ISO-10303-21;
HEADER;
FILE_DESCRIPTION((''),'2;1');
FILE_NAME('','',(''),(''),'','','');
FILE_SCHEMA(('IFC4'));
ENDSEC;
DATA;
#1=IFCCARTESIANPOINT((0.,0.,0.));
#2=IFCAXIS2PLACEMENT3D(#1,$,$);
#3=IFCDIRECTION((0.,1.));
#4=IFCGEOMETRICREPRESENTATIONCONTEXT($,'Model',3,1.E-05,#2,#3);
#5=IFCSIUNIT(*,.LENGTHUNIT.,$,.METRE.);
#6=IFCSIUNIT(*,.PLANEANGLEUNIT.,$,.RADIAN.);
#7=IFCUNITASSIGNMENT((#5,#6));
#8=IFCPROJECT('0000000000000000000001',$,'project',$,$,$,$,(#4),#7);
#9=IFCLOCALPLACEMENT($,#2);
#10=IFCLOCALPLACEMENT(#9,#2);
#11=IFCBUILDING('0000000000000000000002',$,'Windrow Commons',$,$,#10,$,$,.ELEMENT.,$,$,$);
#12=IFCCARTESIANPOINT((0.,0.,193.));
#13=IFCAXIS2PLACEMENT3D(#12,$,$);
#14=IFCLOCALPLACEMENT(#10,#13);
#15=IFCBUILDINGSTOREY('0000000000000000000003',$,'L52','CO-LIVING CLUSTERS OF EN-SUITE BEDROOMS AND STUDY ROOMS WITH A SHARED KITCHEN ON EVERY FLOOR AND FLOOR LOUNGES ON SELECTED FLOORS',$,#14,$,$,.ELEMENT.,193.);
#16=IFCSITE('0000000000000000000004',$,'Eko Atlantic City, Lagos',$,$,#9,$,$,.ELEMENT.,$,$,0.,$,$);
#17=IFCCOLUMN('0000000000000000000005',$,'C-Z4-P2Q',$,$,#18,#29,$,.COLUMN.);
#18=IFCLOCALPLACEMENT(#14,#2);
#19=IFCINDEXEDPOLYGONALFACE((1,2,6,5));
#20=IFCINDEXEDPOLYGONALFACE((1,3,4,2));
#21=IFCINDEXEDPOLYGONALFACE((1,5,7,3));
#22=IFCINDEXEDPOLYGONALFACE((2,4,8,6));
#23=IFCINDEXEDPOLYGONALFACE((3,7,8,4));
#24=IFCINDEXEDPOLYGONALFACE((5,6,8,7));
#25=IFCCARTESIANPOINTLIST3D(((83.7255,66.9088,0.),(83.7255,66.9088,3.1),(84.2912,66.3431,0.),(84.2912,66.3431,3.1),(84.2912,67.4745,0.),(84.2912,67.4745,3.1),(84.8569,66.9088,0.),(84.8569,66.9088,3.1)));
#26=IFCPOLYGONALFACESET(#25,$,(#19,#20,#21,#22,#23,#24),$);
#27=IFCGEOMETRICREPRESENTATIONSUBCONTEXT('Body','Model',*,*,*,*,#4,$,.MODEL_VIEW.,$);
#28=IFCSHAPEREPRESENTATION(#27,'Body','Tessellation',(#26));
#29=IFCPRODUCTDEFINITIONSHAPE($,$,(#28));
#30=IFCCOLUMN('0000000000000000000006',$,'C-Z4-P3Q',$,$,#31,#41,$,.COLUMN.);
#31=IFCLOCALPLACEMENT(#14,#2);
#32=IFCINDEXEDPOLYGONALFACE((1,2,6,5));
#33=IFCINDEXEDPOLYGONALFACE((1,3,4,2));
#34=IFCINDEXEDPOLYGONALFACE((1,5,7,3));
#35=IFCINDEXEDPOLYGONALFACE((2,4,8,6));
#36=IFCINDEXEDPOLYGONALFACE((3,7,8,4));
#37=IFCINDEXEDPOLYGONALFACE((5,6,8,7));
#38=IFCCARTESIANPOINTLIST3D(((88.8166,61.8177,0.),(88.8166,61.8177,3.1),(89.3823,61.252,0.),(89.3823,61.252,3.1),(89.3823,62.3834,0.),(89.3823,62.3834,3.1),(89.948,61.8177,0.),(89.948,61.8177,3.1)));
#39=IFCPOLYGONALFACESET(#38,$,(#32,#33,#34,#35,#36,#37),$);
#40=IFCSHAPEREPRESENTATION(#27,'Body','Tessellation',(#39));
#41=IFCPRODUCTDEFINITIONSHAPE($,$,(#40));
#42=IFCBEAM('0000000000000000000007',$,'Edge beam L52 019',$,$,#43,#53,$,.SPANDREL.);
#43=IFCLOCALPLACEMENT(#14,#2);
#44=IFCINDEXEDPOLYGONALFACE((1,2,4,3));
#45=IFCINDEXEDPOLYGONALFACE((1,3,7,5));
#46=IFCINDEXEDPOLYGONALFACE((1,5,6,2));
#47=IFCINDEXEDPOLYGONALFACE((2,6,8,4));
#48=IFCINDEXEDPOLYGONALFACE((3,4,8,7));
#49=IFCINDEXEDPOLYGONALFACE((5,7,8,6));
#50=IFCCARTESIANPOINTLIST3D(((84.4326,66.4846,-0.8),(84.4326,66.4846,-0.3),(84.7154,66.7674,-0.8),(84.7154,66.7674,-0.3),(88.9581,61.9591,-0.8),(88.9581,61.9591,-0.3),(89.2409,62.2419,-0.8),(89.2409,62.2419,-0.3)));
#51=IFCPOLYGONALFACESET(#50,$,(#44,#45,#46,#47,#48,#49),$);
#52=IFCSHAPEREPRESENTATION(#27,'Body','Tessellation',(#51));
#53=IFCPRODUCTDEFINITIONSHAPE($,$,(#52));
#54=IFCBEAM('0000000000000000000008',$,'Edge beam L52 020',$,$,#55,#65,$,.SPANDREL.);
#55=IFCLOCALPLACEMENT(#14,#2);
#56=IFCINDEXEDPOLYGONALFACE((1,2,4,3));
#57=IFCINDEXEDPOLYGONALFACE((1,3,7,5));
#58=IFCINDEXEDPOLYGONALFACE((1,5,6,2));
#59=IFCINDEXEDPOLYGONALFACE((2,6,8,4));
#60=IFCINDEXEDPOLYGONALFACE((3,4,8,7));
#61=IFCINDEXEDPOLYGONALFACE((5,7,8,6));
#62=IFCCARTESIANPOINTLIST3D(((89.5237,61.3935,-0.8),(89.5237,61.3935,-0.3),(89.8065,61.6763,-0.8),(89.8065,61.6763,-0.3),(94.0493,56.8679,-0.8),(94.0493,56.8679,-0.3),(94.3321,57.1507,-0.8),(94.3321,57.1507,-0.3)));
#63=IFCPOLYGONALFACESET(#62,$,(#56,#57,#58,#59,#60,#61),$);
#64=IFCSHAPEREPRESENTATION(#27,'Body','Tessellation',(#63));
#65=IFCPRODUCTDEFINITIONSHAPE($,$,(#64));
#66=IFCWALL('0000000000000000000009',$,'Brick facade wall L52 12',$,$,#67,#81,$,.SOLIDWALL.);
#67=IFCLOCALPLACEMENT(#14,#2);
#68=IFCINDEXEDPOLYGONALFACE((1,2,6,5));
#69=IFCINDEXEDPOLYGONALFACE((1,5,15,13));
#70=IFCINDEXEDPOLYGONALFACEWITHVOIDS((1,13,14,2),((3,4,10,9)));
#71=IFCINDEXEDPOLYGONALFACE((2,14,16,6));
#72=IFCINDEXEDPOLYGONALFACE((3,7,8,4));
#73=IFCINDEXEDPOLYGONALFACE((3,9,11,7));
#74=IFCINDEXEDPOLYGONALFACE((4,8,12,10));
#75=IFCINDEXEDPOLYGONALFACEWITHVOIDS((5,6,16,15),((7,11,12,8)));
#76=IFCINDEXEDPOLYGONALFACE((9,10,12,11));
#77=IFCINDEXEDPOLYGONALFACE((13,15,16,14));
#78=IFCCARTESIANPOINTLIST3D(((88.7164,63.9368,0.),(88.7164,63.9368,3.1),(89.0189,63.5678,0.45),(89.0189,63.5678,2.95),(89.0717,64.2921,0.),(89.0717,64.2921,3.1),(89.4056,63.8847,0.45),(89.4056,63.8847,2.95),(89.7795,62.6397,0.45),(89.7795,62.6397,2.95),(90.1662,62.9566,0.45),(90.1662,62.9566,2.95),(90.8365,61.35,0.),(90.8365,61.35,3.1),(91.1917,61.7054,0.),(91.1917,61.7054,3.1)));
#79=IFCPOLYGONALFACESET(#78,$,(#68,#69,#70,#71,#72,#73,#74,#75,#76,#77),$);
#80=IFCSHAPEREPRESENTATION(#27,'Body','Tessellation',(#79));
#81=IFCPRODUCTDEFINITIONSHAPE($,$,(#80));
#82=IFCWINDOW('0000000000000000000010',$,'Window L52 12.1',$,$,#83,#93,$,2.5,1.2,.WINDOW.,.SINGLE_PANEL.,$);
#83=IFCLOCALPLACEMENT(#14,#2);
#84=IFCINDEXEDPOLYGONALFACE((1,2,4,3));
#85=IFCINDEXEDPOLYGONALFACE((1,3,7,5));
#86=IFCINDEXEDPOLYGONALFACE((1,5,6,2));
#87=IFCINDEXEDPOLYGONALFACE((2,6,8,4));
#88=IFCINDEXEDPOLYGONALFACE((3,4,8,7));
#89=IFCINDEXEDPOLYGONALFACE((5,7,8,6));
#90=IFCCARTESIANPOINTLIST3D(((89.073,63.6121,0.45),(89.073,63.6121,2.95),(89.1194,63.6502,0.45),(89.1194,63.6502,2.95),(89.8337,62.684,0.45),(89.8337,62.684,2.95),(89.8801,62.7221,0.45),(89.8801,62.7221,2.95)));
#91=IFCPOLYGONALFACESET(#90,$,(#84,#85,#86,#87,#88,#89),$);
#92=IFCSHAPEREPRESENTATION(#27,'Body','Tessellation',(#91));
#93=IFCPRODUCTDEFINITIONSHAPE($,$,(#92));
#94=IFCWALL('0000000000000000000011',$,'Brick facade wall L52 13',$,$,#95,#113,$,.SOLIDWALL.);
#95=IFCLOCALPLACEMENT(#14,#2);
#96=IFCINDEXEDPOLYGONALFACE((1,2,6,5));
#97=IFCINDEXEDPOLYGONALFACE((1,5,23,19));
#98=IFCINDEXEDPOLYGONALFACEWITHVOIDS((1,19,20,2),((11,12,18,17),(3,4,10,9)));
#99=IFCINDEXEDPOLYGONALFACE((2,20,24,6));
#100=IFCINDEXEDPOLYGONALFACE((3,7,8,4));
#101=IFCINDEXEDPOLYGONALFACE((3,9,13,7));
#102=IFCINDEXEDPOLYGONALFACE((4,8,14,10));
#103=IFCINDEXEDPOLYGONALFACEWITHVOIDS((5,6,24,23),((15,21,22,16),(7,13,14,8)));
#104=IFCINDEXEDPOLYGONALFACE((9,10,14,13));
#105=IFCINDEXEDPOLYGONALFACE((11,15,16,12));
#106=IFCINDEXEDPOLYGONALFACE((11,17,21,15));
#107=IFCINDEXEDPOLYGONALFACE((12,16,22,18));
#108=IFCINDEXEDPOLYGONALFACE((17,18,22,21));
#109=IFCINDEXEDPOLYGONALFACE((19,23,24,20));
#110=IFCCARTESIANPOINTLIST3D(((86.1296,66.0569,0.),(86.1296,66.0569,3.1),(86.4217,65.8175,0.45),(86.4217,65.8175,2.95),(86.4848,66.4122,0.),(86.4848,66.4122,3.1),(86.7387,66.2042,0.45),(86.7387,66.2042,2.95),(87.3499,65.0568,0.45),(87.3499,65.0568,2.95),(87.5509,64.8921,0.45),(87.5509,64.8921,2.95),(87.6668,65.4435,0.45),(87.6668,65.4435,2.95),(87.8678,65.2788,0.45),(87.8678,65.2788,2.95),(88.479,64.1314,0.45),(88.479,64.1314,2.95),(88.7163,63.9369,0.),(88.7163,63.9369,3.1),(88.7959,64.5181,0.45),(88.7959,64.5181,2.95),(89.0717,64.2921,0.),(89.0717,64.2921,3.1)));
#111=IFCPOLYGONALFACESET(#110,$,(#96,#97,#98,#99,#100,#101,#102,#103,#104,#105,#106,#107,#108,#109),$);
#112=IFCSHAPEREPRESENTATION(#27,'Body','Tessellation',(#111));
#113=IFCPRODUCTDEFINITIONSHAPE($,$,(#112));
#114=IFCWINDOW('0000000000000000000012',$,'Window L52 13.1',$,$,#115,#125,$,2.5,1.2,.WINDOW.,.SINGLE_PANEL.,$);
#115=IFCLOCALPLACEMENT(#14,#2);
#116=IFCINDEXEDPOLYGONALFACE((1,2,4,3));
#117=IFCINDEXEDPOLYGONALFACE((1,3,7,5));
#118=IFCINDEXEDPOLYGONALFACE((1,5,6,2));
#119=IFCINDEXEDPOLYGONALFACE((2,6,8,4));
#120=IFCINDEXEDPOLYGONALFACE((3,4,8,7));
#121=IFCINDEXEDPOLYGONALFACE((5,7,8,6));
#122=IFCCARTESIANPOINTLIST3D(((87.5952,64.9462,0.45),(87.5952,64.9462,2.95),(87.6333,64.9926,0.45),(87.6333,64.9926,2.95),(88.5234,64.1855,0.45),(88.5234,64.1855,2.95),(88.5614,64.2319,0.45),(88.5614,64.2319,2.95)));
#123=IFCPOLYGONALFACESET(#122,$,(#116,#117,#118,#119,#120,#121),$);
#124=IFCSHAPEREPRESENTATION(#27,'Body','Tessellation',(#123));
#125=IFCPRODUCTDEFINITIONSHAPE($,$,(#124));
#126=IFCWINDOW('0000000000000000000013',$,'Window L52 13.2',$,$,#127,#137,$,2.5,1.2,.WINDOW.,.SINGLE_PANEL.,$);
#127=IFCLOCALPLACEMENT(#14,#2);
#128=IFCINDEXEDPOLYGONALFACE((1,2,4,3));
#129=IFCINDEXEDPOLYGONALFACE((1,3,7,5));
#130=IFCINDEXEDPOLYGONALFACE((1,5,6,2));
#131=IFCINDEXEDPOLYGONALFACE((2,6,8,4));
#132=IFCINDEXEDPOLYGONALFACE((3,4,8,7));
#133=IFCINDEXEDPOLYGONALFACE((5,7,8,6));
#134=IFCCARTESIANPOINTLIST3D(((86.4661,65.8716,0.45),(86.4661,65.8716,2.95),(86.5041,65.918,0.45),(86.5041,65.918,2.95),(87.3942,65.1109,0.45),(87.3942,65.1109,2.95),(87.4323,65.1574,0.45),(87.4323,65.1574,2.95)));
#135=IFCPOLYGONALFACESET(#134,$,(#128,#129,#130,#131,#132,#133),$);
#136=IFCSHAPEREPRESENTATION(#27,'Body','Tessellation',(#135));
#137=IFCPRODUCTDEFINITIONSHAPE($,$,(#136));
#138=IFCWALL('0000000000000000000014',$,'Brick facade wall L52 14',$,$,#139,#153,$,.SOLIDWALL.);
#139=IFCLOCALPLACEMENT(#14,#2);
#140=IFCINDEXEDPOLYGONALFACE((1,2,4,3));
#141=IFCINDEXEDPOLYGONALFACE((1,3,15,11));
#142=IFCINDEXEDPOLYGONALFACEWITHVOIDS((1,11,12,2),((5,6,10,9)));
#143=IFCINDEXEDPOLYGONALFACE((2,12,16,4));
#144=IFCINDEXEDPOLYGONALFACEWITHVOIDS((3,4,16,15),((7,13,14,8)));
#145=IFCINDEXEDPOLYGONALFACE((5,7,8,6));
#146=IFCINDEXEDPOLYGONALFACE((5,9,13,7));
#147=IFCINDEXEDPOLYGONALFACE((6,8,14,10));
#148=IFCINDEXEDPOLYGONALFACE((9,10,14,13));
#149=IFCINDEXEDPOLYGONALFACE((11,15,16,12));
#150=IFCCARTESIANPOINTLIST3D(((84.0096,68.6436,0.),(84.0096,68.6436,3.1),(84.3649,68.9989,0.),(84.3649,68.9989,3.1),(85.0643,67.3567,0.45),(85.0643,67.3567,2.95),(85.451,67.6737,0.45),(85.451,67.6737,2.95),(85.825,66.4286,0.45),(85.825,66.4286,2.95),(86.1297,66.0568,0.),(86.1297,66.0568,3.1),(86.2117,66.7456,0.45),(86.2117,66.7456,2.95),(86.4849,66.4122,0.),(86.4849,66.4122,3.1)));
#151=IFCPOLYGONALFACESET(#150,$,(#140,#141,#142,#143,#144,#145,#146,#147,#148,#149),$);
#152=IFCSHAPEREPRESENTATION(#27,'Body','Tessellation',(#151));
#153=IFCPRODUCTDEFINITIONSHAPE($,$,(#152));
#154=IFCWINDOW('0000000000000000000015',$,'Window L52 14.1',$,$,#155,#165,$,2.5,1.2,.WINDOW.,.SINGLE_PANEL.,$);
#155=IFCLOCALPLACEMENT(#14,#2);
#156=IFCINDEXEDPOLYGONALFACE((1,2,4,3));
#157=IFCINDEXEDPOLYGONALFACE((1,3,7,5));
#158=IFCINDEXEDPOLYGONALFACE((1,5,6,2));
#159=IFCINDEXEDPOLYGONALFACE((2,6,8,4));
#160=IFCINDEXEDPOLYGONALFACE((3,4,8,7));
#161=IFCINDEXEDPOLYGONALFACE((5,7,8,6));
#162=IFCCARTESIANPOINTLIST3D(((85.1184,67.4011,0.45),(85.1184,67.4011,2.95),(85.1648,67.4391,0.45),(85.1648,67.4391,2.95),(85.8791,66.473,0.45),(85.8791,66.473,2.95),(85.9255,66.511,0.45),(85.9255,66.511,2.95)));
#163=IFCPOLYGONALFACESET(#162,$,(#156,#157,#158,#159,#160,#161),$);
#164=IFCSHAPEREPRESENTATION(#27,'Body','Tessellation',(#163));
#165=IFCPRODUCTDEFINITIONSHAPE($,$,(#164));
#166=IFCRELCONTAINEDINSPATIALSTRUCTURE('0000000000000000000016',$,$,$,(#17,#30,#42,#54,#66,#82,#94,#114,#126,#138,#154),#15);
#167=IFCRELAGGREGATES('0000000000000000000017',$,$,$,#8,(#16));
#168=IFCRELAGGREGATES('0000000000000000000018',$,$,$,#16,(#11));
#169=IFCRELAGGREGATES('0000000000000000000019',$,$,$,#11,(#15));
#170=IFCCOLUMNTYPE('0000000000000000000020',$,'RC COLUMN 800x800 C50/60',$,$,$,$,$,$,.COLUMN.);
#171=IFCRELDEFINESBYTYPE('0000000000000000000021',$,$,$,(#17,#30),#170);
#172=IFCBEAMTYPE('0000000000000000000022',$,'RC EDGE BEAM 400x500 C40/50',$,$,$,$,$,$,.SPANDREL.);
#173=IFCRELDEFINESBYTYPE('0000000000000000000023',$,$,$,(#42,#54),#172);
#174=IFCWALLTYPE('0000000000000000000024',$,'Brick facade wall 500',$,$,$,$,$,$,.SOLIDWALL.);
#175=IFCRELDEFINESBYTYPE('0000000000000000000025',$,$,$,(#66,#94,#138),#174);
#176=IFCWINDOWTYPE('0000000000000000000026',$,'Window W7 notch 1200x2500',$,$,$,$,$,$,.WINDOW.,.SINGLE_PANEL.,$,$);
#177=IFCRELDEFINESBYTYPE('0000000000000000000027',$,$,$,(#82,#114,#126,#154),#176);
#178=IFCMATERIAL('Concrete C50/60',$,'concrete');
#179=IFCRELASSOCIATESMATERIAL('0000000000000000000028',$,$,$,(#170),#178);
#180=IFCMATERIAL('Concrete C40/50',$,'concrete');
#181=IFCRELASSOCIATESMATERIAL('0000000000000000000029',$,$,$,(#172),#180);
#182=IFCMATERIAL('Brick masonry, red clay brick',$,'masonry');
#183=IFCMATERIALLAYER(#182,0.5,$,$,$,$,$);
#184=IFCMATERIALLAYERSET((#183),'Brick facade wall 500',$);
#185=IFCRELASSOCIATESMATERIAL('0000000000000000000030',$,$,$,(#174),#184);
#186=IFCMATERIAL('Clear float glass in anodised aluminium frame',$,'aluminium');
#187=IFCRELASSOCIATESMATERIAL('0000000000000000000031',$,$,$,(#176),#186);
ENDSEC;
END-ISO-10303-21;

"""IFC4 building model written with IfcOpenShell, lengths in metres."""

from ifc_helpers import new_model, si_unit, direction, frame, frame_2d, origin, origin_2d, place, context, subcontext, project, spatial, polyline, rectangle, outline, extrude, material, layer, layer_set, material_profile, profile_set, type_object, element, fill, save


model = new_model("IFC4")

# Units and contexts
model_context = context("Model", 3, precision=1e-05, world=origin(), true_north=direction((0.0, 1.0)))
body_context = subcontext(model_context, "Body", "Model", "MODEL_VIEW")
ifc_project = project(units=[si_unit("LENGTHUNIT", "METRE"), si_unit("PLANEANGLEUNIT", "RADIAN")], contexts=[model_context])

# Site, building, storey
site_placement = place(None, origin())
site = spatial("IfcSite", under=ifc_project, at=site_placement, Name="Eko Atlantic City, Lagos", CompositionType="ELEMENT", RefElevation=0.0)
building_placement = place(site_placement, origin())
building = spatial("IfcBuilding", under=site, at=building_placement, Name="Windrow Commons", CompositionType="ELEMENT")
storey_placement = place(building_placement, frame((0.0, 0.0, 193.0)))
storey = spatial("IfcBuildingStorey", under=building, at=storey_placement, Name="L52", Description="CO-LIVING CLUSTERS OF EN-SUITE BEDROOMS AND STUDY ROOMS WITH A SHARED KITCHEN ON EVERY FLOOR AND FLOOR LOUNGES ON SELECTED FLOORS", CompositionType="ELEMENT", Elevation=193.0)

# Columns
ifc_material_1 = material(Name="Concrete C50/60", Category="concrete")
ifc_material_profile_1 = material_profile(ifc_material_1, rectangle(XDim=0.8, YDim=0.8, at=origin_2d()))
ifc_profile_set_1 = profile_set([ifc_material_profile_1], Name="Concrete C50/60")
column_type = type_object("IfcColumnType", Name="RC COLUMN 800x800 C50/60", PredefinedType="COLUMN", material=ifc_profile_set_1)
for number, where, z_axis, x_axis, name in (
    (1, (84.2912, 66.9088, 0.0), (0.0, 0.0, 1.0), (0.707107, -0.707107, 0.0), "C-Z4-P2Q"),
    (2, (89.3823, 61.8177, 0.0), (0.0, 0.0, 1.0), (0.707107, -0.707107, 0.0), "C-Z4-P3Q"),
):
    element("IfcColumn", number, at=place(storey_placement, frame(where, z_axis=z_axis, x_axis=x_axis)), inside=storey, type_object=column_type, Name=name, PredefinedType="COLUMN", context=body_context, shape_type="SweptSolid", body=[
        extrude(rectangle(XDim=0.8, YDim=0.8, at=origin_2d()), origin(), (0.0, 0.0, 1.0), 3.1),
    ])

# Beams
ifc_material_2 = material(Name="Concrete C40/50", Category="concrete")
ifc_material_profile_2 = material_profile(ifc_material_2, rectangle(XDim=0.4, YDim=0.5, at=origin_2d()))
ifc_profile_set_2 = profile_set([ifc_material_profile_2], Name="Concrete C40/50")
beam_type = type_object("IfcBeamType", Name="RC EDGE BEAM 400x500 C40/50", PredefinedType="SPANDREL", material=ifc_profile_set_2)
beam_1_placement = place(storey_placement, frame((84.574, 66.626, -0.55), z_axis=(0.707107, -0.707107, 0.0), x_axis=(0.707107, 0.707107, 0.0)))
element("IfcBeam", 3, at=beam_1_placement, inside=storey, type_object=beam_type, Name="Edge beam L52 019", PredefinedType="SPANDREL", context=body_context, shape_type="SweptSolid", body=[
    extrude(rectangle(XDim=0.4, YDim=0.5, at=origin_2d()), origin(), (0.0, 0.0, 1.0), 6.4),
])
beam_2_placement = place(storey_placement, frame((89.6651, 61.5349, -0.55), z_axis=(0.707107, -0.707107, 0.0), x_axis=(0.707107, 0.707107, 0.0)))
element("IfcBeam", 4, at=beam_2_placement, inside=storey, type_object=beam_type, Name="Edge beam L52 020", PredefinedType="SPANDREL", context=body_context, shape_type="SweptSolid", body=[
    extrude(rectangle(XDim=0.4, YDim=0.5, at=origin_2d()), origin(), (0.0, 0.0, 1.0), 6.4002),
])

# Wall, opening, window
ifc_material_3 = material(Name="Brick masonry, red clay brick", Category="masonry")
ifc_layer_1 = layer(ifc_material_3, 0.5)
ifc_layer_set_1 = layer_set([ifc_layer_1], Name="Brick facade wall 500")
wall_type_1 = type_object("IfcWallType", Name="Brick facade wall 500", PredefinedType="SOLIDWALL", material=ifc_layer_set_1)
wall_1_placement = place(storey_placement, frame((91.0141, 61.5277, 0.0), z_axis=(0.0, 0.0, 1.0), x_axis=(-0.633887, 0.773426, 0.0)))
wall_1 = element("IfcWall", 5, at=wall_1_placement, inside=storey, type_object=wall_type_1, Name="Brick facade wall L52 12", PredefinedType="SOLIDWALL", context=body_context, shape_type="SweptSolid", body=[
    extrude(outline(polyline([(0.0248, -0.25), (3.3693, -0.25), (3.3198, 0.25), (-0.0248, 0.25), (0.0248, -0.25)])), origin(), (0.0, 0.0, 1.0), 3.1),
])
opening_1_placement = place(wall_1_placement, frame((1.6426, 0.0, 0.45)))
opening_1 = element("IfcOpeningElement", 6, at=opening_1_placement, cuts=wall_1, PredefinedType="OPENING", context=body_context, shape_type="SweptSolid", body=[
    extrude(rectangle(XDim=1.2, YDim=2.5, at=frame_2d((0.6, 1.25))), frame((0.0, 0.26, 0.0), z_axis=(0.0, -1.0, 0.0), x_axis=(1.0, 0.0, 0.0)), (0.0, 0.0, 1.0), 0.52),
])
ifc_material_4 = material(Name="Clear float glass in anodised aluminium frame", Category="aluminium")
window_type = type_object("IfcWindowType", Name="Window W7 notch 1200x2500", PartitioningType="SINGLE_PANEL", PredefinedType="WINDOW", material=ifc_material_4)
window_1_placement = place(opening_1_placement, origin())
window_1 = element("IfcWindow", 7, at=window_1_placement, inside=storey, type_object=window_type, Name="Window L52 12.1", OverallHeight=2.5, OverallWidth=1.2, PartitioningType="SINGLE_PANEL", PredefinedType="WINDOW", context=body_context, shape_type="SweptSolid", body=[
    extrude(rectangle(XDim=1.2, YDim=2.5, at=frame_2d((0.6, 1.25))), frame((0.0, 0.18, 0.0), z_axis=(0.0, -1.0, 0.0), x_axis=(1.0, 0.0, 0.0)), (0.0, 0.0, 1.0), 0.06),
])
fill(opening_1, window_1)

# Wall, openings, windows
wall_2_placement = place(storey_placement, frame((88.894, 64.1145, 0.0), z_axis=(0.0, 0.0, 1.0), x_axis=(-0.773428, 0.633884, 0.0)))
wall_2 = element("IfcWall", 8, at=wall_2_placement, inside=storey, type_object=wall_type_1, Name="Brick facade wall L52 13", PredefinedType="SOLIDWALL", context=body_context, shape_type="SweptSolid", body=[
    extrude(outline(polyline([(-0.0248, -0.25), (3.3198, -0.25), (3.3693, 0.25), (0.0248, 0.25), (-0.0248, -0.25)])), origin(), (0.0, 0.0, 1.0), 3.1),
])
opening_2_placement = place(wall_2_placement, frame((0.3317, 0.0, 0.45)))
opening_2 = element("IfcOpeningElement", 9, at=opening_2_placement, cuts=wall_2, PredefinedType="OPENING", context=body_context, shape_type="SweptSolid", body=[
    extrude(rectangle(XDim=1.2, YDim=2.5, at=frame_2d((0.6, 1.25))), frame((0.0, 0.26, 0.0), z_axis=(0.0, -1.0, 0.0), x_axis=(1.0, 0.0, 0.0)), (0.0, 0.0, 1.0), 0.52),
])
opening_3_placement = place(wall_2_placement, frame((1.7916, 0.0, 0.45)))
opening_3 = element("IfcOpeningElement", 10, at=opening_3_placement, cuts=wall_2, PredefinedType="OPENING", context=body_context, shape_type="SweptSolid", body=[
    extrude(rectangle(XDim=1.2, YDim=2.5, at=frame_2d((0.6, 1.25))), frame((0.0, 0.26, 0.0), z_axis=(0.0, -1.0, 0.0), x_axis=(1.0, 0.0, 0.0)), (0.0, 0.0, 1.0), 0.52),
])
window_2_placement = place(opening_2_placement, origin())
window_2 = element("IfcWindow", 11, at=window_2_placement, inside=storey, type_object=window_type, Name="Window L52 13.1", OverallHeight=2.5, OverallWidth=1.2, PartitioningType="SINGLE_PANEL", PredefinedType="WINDOW", context=body_context, shape_type="SweptSolid", body=[
    extrude(rectangle(XDim=1.2, YDim=2.5, at=frame_2d((0.6, 1.25))), frame((0.0, 0.18, 0.0), z_axis=(0.0, -1.0, 0.0), x_axis=(1.0, 0.0, 0.0)), (0.0, 0.0, 1.0), 0.06),
])
fill(opening_2, window_2)
window_3_placement = place(opening_3_placement, origin())
window_3 = element("IfcWindow", 12, at=window_3_placement, inside=storey, type_object=window_type, Name="Window L52 13.2", OverallHeight=2.5, OverallWidth=1.2, PartitioningType="SINGLE_PANEL", PredefinedType="WINDOW", context=body_context, shape_type="SweptSolid", body=[
    extrude(rectangle(XDim=1.2, YDim=2.5, at=frame_2d((0.6, 1.25))), frame((0.0, 0.18, 0.0), z_axis=(0.0, -1.0, 0.0), x_axis=(1.0, 0.0, 0.0)), (0.0, 0.0, 1.0), 0.06),
])
fill(opening_3, window_3)

# Wall, opening, window
wall_3_placement = place(storey_placement, frame((86.3073, 66.2345, 0.0), z_axis=(0.0, 0.0, 1.0), x_axis=(-0.633887, 0.773426, 0.0)))
wall_3 = element("IfcWall", 13, at=wall_3_placement, inside=storey, type_object=wall_type_1, Name="Brick facade wall L52 14", PredefinedType="SOLIDWALL", context=body_context, shape_type="SweptSolid", body=[
    extrude(outline(polyline([(0.0248, -0.25), (3.3693, -0.25), (3.3198, 0.25), (-0.0248, 0.25), (0.0248, -0.25)])), origin(), (0.0, 0.0, 1.0), 3.1),
])
opening_4_placement = place(wall_3_placement, frame((0.4559, 0.0, 0.45)))
opening_4 = element("IfcOpeningElement", 14, at=opening_4_placement, cuts=wall_3, PredefinedType="OPENING", context=body_context, shape_type="SweptSolid", body=[
    extrude(rectangle(XDim=1.2, YDim=2.5, at=frame_2d((0.6, 1.25))), frame((0.0, 0.26, 0.0), z_axis=(0.0, -1.0, 0.0), x_axis=(1.0, 0.0, 0.0)), (0.0, 0.0, 1.0), 0.52),
])
window_4_placement = place(opening_4_placement, origin())
window_4 = element("IfcWindow", 15, at=window_4_placement, inside=storey, type_object=window_type, Name="Window L52 14.1", OverallHeight=2.5, OverallWidth=1.2, PartitioningType="SINGLE_PANEL", PredefinedType="WINDOW", context=body_context, shape_type="SweptSolid", body=[
    extrude(rectangle(XDim=1.2, YDim=2.5, at=frame_2d((0.6, 1.25))), frame((0.0, 0.18, 0.0), z_axis=(0.0, -1.0, 0.0), x_axis=(1.0, 0.0, 0.0)), (0.0, 0.0, 1.0), 0.06),
])
fill(opening_4, window_4)

save(model, "model.ifc")
